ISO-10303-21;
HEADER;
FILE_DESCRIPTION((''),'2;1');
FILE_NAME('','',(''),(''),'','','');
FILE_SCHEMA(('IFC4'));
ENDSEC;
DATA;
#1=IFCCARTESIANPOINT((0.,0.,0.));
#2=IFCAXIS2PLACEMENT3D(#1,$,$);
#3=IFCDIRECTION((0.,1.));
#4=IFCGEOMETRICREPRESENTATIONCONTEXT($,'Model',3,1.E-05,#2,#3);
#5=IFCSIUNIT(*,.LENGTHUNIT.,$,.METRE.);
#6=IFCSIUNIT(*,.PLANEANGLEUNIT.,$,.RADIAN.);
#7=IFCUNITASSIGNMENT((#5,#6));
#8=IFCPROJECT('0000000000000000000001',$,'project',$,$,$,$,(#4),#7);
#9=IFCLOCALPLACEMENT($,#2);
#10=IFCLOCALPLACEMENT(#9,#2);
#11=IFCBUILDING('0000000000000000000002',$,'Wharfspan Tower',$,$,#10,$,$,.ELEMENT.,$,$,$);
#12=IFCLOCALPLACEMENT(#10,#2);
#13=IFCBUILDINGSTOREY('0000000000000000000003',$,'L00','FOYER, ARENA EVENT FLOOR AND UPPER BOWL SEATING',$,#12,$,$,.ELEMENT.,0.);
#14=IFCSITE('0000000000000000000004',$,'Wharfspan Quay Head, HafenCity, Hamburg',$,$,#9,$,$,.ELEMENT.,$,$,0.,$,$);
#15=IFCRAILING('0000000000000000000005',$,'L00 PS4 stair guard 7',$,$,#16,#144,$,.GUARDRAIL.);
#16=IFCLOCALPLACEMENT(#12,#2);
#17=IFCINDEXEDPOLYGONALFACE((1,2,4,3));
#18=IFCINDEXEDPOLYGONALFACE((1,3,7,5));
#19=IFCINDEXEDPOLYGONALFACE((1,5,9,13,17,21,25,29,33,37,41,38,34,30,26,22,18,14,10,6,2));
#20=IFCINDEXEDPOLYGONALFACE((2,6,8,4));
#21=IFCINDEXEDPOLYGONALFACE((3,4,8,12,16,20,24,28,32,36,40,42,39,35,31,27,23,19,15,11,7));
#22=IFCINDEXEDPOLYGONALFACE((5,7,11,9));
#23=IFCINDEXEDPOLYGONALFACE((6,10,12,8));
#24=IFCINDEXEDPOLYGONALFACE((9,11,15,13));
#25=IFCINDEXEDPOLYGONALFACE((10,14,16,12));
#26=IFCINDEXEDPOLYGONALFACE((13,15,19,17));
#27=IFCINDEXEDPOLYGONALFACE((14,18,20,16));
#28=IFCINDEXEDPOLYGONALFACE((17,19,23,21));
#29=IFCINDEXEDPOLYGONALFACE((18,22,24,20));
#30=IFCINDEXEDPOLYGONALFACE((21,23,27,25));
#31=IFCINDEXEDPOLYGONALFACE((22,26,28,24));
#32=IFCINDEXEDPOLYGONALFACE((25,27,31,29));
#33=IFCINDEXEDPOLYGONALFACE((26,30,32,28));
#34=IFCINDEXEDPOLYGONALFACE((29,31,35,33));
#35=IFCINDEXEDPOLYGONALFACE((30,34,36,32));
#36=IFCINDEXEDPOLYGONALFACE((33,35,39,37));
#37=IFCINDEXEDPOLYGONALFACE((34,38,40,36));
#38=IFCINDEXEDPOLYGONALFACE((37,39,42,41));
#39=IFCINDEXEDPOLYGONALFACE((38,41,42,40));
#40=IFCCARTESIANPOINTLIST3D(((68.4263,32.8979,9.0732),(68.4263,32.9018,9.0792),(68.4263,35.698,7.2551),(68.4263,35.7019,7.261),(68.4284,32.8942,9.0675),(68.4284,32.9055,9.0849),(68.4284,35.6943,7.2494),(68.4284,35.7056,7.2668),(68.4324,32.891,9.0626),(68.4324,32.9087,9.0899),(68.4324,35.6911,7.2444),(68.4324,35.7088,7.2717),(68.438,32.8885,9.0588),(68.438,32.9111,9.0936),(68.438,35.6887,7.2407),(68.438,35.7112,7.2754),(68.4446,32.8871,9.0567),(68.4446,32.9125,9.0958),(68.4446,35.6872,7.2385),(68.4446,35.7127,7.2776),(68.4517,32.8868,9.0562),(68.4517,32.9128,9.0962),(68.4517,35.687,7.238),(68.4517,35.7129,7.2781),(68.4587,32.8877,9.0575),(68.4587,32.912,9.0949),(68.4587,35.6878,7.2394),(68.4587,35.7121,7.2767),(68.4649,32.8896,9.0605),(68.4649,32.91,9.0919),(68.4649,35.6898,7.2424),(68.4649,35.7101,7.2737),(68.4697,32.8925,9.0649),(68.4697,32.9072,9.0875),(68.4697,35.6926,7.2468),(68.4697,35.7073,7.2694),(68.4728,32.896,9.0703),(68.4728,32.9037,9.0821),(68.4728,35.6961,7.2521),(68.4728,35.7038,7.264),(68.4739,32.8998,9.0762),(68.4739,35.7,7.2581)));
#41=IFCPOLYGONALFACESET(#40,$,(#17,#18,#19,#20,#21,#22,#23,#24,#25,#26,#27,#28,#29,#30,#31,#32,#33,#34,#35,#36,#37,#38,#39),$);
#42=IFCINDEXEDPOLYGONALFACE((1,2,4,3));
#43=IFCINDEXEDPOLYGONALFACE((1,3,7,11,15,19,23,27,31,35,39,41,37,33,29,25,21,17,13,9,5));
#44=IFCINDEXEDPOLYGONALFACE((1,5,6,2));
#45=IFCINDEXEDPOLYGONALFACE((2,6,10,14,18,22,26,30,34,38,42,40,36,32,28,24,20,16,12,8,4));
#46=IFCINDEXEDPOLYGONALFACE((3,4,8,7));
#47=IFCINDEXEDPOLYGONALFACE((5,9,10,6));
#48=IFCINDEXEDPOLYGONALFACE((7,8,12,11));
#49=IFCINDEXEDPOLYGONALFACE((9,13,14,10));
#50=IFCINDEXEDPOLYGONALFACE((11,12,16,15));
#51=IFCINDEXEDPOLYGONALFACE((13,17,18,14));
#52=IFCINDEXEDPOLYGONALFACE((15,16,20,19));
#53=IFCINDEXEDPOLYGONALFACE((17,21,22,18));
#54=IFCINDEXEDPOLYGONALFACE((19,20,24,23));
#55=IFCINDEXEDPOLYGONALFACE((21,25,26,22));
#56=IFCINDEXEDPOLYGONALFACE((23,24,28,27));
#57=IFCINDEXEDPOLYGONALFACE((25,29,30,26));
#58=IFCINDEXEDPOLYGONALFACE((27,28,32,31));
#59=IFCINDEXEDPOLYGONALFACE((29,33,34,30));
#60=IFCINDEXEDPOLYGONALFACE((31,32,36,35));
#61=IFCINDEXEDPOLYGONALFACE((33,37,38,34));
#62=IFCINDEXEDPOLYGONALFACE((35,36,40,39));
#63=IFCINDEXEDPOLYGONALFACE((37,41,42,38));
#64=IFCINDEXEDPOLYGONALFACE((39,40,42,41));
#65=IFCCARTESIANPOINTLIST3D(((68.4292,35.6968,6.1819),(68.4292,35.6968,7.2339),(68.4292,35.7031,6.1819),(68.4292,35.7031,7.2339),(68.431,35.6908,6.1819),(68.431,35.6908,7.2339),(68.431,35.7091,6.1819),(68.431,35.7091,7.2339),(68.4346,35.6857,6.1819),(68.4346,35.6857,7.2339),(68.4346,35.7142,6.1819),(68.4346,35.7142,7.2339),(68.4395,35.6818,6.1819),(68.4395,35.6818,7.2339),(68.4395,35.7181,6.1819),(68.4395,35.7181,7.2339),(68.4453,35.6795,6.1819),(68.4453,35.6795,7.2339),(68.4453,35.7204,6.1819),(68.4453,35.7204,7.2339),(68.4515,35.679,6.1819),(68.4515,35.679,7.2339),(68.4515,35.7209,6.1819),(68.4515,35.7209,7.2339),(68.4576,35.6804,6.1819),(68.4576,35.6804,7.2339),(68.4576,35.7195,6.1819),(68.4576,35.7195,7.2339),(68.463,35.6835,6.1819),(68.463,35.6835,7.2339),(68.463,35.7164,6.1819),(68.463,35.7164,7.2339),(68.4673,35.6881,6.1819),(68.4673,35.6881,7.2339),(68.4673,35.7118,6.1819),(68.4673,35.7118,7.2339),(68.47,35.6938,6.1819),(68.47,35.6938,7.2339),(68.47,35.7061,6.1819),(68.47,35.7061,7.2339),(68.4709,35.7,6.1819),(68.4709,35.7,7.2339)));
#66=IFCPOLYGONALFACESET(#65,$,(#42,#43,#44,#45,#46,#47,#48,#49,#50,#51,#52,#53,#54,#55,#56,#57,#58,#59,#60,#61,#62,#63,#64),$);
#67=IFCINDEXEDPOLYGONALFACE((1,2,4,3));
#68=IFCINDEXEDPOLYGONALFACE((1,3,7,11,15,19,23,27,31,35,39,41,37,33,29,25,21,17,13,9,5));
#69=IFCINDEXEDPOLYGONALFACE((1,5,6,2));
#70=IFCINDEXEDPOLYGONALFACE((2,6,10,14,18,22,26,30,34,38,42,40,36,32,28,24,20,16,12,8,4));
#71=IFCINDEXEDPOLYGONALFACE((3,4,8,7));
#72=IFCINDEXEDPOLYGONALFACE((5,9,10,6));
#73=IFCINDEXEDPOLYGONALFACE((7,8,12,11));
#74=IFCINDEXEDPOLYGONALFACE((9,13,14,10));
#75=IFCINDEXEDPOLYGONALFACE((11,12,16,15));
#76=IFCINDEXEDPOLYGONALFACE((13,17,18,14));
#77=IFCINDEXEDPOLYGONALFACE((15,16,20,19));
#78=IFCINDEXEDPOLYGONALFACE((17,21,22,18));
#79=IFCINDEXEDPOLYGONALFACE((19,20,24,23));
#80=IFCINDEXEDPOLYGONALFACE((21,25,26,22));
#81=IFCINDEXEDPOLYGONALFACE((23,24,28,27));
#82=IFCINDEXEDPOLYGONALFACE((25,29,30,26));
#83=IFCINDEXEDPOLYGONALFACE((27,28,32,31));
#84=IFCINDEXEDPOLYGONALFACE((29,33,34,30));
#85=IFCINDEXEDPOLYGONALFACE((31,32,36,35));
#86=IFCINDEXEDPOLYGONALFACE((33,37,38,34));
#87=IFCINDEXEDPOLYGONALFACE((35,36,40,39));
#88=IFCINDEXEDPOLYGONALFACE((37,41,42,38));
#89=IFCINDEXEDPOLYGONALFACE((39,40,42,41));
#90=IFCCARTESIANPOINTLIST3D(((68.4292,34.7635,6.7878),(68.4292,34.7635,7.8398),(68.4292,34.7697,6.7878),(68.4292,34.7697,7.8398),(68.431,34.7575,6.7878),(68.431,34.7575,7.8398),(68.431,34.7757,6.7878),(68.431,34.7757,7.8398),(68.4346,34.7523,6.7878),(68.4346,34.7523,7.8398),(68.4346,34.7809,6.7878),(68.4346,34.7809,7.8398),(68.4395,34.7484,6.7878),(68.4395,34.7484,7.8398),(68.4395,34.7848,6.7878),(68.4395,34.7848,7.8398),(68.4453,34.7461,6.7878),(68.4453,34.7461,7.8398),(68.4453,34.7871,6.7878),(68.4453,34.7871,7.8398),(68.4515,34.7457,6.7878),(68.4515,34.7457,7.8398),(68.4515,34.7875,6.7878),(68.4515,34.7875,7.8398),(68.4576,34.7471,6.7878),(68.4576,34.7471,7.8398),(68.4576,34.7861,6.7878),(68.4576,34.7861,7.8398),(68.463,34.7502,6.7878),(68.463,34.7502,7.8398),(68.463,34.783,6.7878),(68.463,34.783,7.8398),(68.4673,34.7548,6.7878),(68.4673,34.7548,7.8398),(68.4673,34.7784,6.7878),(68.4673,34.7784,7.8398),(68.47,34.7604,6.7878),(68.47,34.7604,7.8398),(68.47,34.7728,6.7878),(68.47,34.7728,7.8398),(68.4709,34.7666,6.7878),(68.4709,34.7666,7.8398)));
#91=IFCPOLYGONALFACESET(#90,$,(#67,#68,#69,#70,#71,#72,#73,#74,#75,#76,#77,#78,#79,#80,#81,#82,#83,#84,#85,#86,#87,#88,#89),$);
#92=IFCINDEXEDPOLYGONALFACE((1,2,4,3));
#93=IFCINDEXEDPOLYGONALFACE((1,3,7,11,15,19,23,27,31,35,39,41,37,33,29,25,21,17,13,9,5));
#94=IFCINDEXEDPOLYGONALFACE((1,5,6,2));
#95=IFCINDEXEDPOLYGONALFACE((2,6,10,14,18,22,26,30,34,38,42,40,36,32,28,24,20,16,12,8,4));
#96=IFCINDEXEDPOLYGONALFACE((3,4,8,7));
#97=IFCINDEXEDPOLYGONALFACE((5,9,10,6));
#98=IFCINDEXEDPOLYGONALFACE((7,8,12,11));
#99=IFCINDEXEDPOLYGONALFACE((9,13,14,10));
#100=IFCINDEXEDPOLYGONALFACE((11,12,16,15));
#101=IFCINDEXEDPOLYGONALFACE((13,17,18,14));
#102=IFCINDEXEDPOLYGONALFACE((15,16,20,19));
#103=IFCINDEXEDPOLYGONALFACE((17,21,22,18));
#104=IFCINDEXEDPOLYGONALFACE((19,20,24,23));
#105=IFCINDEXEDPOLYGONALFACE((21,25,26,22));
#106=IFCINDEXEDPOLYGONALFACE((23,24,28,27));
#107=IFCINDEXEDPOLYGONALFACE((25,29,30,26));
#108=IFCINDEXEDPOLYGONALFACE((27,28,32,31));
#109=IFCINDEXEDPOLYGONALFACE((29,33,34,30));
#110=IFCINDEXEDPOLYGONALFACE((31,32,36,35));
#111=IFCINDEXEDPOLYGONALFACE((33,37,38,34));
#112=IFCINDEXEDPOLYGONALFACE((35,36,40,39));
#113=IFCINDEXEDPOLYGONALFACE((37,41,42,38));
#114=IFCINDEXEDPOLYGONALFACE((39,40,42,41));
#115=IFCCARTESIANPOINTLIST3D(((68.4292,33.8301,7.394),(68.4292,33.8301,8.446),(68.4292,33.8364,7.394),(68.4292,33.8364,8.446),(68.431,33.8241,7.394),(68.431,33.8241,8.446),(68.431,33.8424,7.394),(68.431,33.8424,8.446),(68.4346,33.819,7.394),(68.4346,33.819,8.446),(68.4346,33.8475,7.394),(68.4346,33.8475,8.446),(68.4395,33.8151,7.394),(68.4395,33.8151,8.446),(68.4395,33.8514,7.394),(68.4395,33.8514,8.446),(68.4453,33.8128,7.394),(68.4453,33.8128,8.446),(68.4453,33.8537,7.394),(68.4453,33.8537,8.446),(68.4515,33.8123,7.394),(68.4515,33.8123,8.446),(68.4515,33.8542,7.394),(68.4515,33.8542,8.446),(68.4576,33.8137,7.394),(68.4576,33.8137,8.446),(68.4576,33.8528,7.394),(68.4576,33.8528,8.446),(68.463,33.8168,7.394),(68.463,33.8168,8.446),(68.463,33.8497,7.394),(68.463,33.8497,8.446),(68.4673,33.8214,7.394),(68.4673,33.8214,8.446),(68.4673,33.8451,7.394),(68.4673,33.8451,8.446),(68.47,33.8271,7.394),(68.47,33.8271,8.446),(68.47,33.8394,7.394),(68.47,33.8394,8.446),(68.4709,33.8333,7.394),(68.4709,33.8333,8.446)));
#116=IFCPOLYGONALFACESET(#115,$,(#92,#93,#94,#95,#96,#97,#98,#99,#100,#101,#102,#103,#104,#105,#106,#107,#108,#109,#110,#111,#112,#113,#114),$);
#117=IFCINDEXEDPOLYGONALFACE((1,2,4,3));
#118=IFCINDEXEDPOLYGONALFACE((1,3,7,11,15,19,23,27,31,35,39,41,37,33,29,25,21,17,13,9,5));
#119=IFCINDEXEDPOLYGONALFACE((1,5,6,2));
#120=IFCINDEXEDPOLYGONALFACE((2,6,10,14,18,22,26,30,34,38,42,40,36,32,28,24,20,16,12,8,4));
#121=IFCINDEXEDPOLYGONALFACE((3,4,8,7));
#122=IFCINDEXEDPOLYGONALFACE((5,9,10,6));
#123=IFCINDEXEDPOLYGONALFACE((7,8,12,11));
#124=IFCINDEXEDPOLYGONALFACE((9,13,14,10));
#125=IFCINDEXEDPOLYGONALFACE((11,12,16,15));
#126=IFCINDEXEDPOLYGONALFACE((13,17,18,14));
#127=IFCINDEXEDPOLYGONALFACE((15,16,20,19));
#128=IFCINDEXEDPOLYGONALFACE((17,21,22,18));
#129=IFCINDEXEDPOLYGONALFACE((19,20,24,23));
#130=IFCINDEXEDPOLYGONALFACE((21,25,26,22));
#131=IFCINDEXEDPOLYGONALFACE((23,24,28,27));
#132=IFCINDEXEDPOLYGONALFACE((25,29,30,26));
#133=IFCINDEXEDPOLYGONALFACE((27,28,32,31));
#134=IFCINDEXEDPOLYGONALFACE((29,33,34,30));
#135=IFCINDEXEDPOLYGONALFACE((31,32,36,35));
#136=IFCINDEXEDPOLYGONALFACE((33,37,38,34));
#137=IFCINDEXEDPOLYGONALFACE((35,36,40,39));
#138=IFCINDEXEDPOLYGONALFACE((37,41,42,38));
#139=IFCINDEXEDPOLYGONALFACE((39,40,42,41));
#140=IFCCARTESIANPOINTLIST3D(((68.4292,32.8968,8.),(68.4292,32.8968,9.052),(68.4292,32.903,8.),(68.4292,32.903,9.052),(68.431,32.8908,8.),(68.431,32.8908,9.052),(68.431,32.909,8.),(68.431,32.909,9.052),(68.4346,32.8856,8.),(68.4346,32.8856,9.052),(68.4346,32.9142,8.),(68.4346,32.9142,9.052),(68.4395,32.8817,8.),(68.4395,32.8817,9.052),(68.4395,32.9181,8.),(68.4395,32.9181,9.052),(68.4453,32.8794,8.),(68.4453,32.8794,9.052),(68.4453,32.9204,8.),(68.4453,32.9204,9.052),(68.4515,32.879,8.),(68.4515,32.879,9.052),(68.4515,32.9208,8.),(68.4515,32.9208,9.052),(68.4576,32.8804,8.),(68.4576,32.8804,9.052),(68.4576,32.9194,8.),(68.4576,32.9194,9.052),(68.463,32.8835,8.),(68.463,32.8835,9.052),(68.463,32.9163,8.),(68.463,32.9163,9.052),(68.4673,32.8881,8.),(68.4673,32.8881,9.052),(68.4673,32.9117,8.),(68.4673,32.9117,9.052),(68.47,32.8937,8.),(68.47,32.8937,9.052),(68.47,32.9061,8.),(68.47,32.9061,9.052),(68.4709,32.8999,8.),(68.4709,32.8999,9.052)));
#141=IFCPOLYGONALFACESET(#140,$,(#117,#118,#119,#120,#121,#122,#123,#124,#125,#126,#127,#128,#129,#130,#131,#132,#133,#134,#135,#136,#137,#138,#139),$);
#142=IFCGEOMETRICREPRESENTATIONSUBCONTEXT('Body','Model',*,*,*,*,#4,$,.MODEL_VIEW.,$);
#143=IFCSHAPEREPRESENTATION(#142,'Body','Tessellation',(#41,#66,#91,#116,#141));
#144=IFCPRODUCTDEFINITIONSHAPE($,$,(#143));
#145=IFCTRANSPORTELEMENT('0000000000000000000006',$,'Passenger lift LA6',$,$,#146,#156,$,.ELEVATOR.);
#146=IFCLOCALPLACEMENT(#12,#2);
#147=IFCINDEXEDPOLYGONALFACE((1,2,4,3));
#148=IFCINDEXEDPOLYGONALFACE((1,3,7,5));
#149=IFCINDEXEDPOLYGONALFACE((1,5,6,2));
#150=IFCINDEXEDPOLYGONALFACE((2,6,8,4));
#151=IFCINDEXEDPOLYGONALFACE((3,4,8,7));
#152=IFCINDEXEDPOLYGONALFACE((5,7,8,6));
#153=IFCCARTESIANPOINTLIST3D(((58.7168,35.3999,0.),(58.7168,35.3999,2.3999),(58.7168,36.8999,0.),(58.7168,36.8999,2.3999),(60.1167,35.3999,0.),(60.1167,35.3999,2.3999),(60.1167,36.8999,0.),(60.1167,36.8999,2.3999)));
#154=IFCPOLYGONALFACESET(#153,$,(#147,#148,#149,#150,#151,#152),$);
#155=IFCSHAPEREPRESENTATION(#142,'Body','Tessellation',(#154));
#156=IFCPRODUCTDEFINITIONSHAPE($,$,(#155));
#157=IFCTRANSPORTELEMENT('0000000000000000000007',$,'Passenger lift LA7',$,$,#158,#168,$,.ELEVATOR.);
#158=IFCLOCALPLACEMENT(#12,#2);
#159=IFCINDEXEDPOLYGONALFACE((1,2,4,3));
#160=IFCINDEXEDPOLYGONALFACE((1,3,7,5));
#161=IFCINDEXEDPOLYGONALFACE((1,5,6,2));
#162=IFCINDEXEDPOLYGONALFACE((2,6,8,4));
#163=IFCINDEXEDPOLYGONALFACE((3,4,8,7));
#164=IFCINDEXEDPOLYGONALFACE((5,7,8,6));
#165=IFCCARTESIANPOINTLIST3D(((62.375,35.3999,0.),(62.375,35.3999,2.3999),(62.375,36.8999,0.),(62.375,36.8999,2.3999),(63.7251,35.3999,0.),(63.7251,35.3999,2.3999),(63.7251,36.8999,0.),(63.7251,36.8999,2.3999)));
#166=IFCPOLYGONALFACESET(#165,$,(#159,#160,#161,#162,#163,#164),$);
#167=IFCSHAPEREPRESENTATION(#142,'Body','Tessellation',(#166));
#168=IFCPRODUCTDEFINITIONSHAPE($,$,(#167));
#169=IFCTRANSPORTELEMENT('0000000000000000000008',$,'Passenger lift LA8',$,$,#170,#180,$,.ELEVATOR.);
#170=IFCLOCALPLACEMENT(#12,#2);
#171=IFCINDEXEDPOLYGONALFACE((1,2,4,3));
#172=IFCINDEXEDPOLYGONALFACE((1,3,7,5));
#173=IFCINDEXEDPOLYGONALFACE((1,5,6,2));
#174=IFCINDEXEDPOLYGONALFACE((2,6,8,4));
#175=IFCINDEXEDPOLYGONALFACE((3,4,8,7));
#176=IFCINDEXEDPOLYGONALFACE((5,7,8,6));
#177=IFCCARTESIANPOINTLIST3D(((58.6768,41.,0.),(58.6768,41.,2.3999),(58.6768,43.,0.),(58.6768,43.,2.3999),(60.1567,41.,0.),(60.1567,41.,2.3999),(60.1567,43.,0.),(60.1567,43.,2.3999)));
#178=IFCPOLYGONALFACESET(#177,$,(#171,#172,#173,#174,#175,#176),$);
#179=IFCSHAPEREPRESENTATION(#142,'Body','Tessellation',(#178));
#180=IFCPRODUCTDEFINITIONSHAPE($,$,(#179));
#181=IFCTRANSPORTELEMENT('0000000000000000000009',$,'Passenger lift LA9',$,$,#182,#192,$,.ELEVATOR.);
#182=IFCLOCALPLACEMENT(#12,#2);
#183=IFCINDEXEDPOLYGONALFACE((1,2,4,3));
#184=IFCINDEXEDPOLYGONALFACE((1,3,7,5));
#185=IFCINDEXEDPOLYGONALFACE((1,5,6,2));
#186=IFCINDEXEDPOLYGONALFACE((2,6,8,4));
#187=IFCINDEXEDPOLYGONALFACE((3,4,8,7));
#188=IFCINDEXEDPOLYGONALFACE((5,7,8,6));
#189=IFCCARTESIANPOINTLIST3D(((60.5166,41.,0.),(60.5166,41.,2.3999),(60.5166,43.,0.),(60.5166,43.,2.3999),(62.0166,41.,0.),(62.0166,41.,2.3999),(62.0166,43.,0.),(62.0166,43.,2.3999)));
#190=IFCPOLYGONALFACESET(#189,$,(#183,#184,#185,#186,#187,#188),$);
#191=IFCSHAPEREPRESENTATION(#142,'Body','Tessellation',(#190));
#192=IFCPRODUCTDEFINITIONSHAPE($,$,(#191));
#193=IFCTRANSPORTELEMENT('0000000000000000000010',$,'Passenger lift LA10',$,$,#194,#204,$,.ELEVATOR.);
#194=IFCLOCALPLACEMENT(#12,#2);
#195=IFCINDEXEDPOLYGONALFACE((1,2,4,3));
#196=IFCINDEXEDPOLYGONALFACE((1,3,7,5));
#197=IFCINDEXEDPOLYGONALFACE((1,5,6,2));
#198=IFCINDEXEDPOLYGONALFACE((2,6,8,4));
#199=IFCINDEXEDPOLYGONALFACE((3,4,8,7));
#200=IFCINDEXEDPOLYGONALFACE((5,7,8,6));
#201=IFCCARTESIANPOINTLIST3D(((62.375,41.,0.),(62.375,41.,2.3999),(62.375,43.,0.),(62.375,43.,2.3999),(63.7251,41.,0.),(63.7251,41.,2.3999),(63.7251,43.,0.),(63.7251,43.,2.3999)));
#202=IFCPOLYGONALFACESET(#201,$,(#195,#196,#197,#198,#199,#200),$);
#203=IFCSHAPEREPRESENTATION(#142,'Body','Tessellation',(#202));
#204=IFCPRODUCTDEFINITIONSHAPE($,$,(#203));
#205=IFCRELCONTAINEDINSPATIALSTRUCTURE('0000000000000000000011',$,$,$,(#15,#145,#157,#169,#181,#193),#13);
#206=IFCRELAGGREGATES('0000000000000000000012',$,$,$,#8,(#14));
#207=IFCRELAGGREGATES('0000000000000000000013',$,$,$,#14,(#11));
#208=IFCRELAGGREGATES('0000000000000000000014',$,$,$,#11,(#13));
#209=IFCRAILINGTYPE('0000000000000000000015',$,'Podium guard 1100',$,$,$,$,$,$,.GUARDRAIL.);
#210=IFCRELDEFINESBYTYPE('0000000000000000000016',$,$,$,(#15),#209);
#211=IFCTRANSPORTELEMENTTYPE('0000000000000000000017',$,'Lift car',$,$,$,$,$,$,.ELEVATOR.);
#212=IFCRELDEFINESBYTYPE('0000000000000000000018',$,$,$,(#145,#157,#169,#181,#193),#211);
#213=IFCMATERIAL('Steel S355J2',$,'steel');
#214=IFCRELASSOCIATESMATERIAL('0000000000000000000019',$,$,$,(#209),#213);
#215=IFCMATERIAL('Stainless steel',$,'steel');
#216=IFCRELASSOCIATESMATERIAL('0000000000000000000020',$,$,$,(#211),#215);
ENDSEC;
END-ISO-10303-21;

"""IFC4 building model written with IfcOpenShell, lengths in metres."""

from ifc_helpers import new_model, si_unit, direction, frame, origin, origin_2d, place, context, subcontext, project, spatial, rectangle, circle, extrude, material, type_object, element, save


model = new_model("IFC4")

# Units and contexts
model_context = context("Model", 3, precision=1e-05, world=origin(), true_north=direction((0.0, 1.0)))
body_context = subcontext(model_context, "Body", "Model", "MODEL_VIEW")
ifc_project = project(units=[si_unit("LENGTHUNIT", "METRE"), si_unit("PLANEANGLEUNIT", "RADIAN")], contexts=[model_context])

# Site, building, storey
site_placement = place(None, origin())
site = spatial("IfcSite", under=ifc_project, at=site_placement, Name="Wharfspan Quay Head, HafenCity, Hamburg", CompositionType="ELEMENT", RefElevation=0.0)
building_placement = place(site_placement, origin())
building = spatial("IfcBuilding", under=site, at=building_placement, Name="Wharfspan Tower", CompositionType="ELEMENT")
storey_placement = place(building_placement, origin())
storey = spatial("IfcBuildingStorey", under=building, at=storey_placement, Name="L00", Description="FOYER, ARENA EVENT FLOOR AND UPPER BOWL SEATING", CompositionType="ELEMENT", Elevation=0.0)

# Shared definitions
ifc_material_1 = material(Name="Steel S355J2", Category="steel")

# Railing
railing_type = type_object("IfcRailingType", Name="Podium guard 1100", PredefinedType="GUARDRAIL", material=ifc_material_1)
railing_1_placement = place(storey_placement, frame((68.45, 35.7, 6.1819)))
element("IfcRailing", 1, at=railing_1_placement, inside=storey, type_object=railing_type, Name="L00 PS4 stair guard 7", PredefinedType="GUARDRAIL", context=body_context, shape_type="SweptSolid", body=[
    extrude(circle(Radius=0.0239, at=origin_2d()), frame((0.0, 0.0, 1.0762), z_axis=(0.0, -0.838706, 0.544585), x_axis=(1.0, 0.0, 0.0)), (0.0, 0.0, 1.0), 3.3386),
    extrude(circle(Radius=0.021, at=origin_2d()), origin(), (0.0, 0.0, 1.0), 1.052),
    extrude(circle(Radius=0.021, at=origin_2d()), frame((0.0, -0.9334, 0.606)), (0.0, 0.0, 1.0), 1.052),
    extrude(circle(Radius=0.021, at=origin_2d()), frame((0.0, -1.8667, 1.2122)), (0.0, 0.0, 1.0), 1.052),
    extrude(circle(Radius=0.021, at=origin_2d()), frame((0.0, -2.8, 1.8181)), (0.0, 0.0, 1.0), 1.052),
])

# Transport elements
ifc_material_2 = material(Name="Stainless steel", Category="steel")
transport_element_type = type_object("IfcTransportElementType", Name="Lift car", PredefinedType="ELEVATOR", material=ifc_material_2)
transport_element_1_placement = place(storey_placement, frame((59.4167, 36.1499, 0.0), z_axis=(0.0, 0.0, 1.0), x_axis=(1.0, 0.0, 0.0)))
element("IfcTransportElement", 2, at=transport_element_1_placement, inside=storey, type_object=transport_element_type, Name="Passenger lift LA6", PredefinedType="ELEVATOR", context=body_context, shape_type="SweptSolid", body=[
    extrude(rectangle(XDim=1.3999, YDim=1.5, at=origin_2d()), origin(), (0.0, 0.0, 1.0), 2.3999),
])
transport_element_2_placement = place(storey_placement, frame((63.05, 36.1499, 0.0), z_axis=(0.0, 0.0, 1.0), x_axis=(1.0, 0.0, 0.0)))
element("IfcTransportElement", 3, at=transport_element_2_placement, inside=storey, type_object=transport_element_type, Name="Passenger lift LA7", PredefinedType="ELEVATOR", context=body_context, shape_type="SweptSolid", body=[
    extrude(rectangle(XDim=1.3501, YDim=1.5, at=origin_2d()), origin(), (0.0, 0.0, 1.0), 2.3999),
])
transport_element_3_placement = place(storey_placement, frame((59.4167, 42.0, 0.0), z_axis=(0.0, 0.0, 1.0), x_axis=(1.0, 0.0, 0.0)))
element("IfcTransportElement", 4, at=transport_element_3_placement, inside=storey, type_object=transport_element_type, Name="Passenger lift LA8", PredefinedType="ELEVATOR", context=body_context, shape_type="SweptSolid", body=[
    extrude(rectangle(XDim=1.48, YDim=2.0, at=origin_2d()), origin(), (0.0, 0.0, 1.0), 2.3999),
])
transport_element_4_placement = place(storey_placement, frame((61.2666, 42.0, 0.0), z_axis=(0.0, 0.0, 1.0), x_axis=(1.0, 0.0, 0.0)))
element("IfcTransportElement", 5, at=transport_element_4_placement, inside=storey, type_object=transport_element_type, Name="Passenger lift LA9", PredefinedType="ELEVATOR", context=body_context, shape_type="SweptSolid", body=[
    extrude(rectangle(XDim=1.5, YDim=2.0, at=origin_2d()), origin(), (0.0, 0.0, 1.0), 2.3999),
])
transport_element_5_placement = place(storey_placement, frame((63.05, 42.0, 0.0), z_axis=(0.0, 0.0, 1.0), x_axis=(1.0, 0.0, 0.0)))
element("IfcTransportElement", 6, at=transport_element_5_placement, inside=storey, type_object=transport_element_type, Name="Passenger lift LA10", PredefinedType="ELEVATOR", context=body_context, shape_type="SweptSolid", body=[
    extrude(rectangle(XDim=1.3501, YDim=2.0, at=origin_2d()), origin(), (0.0, 0.0, 1.0), 2.3999),
])

save(model, "model.ifc")
